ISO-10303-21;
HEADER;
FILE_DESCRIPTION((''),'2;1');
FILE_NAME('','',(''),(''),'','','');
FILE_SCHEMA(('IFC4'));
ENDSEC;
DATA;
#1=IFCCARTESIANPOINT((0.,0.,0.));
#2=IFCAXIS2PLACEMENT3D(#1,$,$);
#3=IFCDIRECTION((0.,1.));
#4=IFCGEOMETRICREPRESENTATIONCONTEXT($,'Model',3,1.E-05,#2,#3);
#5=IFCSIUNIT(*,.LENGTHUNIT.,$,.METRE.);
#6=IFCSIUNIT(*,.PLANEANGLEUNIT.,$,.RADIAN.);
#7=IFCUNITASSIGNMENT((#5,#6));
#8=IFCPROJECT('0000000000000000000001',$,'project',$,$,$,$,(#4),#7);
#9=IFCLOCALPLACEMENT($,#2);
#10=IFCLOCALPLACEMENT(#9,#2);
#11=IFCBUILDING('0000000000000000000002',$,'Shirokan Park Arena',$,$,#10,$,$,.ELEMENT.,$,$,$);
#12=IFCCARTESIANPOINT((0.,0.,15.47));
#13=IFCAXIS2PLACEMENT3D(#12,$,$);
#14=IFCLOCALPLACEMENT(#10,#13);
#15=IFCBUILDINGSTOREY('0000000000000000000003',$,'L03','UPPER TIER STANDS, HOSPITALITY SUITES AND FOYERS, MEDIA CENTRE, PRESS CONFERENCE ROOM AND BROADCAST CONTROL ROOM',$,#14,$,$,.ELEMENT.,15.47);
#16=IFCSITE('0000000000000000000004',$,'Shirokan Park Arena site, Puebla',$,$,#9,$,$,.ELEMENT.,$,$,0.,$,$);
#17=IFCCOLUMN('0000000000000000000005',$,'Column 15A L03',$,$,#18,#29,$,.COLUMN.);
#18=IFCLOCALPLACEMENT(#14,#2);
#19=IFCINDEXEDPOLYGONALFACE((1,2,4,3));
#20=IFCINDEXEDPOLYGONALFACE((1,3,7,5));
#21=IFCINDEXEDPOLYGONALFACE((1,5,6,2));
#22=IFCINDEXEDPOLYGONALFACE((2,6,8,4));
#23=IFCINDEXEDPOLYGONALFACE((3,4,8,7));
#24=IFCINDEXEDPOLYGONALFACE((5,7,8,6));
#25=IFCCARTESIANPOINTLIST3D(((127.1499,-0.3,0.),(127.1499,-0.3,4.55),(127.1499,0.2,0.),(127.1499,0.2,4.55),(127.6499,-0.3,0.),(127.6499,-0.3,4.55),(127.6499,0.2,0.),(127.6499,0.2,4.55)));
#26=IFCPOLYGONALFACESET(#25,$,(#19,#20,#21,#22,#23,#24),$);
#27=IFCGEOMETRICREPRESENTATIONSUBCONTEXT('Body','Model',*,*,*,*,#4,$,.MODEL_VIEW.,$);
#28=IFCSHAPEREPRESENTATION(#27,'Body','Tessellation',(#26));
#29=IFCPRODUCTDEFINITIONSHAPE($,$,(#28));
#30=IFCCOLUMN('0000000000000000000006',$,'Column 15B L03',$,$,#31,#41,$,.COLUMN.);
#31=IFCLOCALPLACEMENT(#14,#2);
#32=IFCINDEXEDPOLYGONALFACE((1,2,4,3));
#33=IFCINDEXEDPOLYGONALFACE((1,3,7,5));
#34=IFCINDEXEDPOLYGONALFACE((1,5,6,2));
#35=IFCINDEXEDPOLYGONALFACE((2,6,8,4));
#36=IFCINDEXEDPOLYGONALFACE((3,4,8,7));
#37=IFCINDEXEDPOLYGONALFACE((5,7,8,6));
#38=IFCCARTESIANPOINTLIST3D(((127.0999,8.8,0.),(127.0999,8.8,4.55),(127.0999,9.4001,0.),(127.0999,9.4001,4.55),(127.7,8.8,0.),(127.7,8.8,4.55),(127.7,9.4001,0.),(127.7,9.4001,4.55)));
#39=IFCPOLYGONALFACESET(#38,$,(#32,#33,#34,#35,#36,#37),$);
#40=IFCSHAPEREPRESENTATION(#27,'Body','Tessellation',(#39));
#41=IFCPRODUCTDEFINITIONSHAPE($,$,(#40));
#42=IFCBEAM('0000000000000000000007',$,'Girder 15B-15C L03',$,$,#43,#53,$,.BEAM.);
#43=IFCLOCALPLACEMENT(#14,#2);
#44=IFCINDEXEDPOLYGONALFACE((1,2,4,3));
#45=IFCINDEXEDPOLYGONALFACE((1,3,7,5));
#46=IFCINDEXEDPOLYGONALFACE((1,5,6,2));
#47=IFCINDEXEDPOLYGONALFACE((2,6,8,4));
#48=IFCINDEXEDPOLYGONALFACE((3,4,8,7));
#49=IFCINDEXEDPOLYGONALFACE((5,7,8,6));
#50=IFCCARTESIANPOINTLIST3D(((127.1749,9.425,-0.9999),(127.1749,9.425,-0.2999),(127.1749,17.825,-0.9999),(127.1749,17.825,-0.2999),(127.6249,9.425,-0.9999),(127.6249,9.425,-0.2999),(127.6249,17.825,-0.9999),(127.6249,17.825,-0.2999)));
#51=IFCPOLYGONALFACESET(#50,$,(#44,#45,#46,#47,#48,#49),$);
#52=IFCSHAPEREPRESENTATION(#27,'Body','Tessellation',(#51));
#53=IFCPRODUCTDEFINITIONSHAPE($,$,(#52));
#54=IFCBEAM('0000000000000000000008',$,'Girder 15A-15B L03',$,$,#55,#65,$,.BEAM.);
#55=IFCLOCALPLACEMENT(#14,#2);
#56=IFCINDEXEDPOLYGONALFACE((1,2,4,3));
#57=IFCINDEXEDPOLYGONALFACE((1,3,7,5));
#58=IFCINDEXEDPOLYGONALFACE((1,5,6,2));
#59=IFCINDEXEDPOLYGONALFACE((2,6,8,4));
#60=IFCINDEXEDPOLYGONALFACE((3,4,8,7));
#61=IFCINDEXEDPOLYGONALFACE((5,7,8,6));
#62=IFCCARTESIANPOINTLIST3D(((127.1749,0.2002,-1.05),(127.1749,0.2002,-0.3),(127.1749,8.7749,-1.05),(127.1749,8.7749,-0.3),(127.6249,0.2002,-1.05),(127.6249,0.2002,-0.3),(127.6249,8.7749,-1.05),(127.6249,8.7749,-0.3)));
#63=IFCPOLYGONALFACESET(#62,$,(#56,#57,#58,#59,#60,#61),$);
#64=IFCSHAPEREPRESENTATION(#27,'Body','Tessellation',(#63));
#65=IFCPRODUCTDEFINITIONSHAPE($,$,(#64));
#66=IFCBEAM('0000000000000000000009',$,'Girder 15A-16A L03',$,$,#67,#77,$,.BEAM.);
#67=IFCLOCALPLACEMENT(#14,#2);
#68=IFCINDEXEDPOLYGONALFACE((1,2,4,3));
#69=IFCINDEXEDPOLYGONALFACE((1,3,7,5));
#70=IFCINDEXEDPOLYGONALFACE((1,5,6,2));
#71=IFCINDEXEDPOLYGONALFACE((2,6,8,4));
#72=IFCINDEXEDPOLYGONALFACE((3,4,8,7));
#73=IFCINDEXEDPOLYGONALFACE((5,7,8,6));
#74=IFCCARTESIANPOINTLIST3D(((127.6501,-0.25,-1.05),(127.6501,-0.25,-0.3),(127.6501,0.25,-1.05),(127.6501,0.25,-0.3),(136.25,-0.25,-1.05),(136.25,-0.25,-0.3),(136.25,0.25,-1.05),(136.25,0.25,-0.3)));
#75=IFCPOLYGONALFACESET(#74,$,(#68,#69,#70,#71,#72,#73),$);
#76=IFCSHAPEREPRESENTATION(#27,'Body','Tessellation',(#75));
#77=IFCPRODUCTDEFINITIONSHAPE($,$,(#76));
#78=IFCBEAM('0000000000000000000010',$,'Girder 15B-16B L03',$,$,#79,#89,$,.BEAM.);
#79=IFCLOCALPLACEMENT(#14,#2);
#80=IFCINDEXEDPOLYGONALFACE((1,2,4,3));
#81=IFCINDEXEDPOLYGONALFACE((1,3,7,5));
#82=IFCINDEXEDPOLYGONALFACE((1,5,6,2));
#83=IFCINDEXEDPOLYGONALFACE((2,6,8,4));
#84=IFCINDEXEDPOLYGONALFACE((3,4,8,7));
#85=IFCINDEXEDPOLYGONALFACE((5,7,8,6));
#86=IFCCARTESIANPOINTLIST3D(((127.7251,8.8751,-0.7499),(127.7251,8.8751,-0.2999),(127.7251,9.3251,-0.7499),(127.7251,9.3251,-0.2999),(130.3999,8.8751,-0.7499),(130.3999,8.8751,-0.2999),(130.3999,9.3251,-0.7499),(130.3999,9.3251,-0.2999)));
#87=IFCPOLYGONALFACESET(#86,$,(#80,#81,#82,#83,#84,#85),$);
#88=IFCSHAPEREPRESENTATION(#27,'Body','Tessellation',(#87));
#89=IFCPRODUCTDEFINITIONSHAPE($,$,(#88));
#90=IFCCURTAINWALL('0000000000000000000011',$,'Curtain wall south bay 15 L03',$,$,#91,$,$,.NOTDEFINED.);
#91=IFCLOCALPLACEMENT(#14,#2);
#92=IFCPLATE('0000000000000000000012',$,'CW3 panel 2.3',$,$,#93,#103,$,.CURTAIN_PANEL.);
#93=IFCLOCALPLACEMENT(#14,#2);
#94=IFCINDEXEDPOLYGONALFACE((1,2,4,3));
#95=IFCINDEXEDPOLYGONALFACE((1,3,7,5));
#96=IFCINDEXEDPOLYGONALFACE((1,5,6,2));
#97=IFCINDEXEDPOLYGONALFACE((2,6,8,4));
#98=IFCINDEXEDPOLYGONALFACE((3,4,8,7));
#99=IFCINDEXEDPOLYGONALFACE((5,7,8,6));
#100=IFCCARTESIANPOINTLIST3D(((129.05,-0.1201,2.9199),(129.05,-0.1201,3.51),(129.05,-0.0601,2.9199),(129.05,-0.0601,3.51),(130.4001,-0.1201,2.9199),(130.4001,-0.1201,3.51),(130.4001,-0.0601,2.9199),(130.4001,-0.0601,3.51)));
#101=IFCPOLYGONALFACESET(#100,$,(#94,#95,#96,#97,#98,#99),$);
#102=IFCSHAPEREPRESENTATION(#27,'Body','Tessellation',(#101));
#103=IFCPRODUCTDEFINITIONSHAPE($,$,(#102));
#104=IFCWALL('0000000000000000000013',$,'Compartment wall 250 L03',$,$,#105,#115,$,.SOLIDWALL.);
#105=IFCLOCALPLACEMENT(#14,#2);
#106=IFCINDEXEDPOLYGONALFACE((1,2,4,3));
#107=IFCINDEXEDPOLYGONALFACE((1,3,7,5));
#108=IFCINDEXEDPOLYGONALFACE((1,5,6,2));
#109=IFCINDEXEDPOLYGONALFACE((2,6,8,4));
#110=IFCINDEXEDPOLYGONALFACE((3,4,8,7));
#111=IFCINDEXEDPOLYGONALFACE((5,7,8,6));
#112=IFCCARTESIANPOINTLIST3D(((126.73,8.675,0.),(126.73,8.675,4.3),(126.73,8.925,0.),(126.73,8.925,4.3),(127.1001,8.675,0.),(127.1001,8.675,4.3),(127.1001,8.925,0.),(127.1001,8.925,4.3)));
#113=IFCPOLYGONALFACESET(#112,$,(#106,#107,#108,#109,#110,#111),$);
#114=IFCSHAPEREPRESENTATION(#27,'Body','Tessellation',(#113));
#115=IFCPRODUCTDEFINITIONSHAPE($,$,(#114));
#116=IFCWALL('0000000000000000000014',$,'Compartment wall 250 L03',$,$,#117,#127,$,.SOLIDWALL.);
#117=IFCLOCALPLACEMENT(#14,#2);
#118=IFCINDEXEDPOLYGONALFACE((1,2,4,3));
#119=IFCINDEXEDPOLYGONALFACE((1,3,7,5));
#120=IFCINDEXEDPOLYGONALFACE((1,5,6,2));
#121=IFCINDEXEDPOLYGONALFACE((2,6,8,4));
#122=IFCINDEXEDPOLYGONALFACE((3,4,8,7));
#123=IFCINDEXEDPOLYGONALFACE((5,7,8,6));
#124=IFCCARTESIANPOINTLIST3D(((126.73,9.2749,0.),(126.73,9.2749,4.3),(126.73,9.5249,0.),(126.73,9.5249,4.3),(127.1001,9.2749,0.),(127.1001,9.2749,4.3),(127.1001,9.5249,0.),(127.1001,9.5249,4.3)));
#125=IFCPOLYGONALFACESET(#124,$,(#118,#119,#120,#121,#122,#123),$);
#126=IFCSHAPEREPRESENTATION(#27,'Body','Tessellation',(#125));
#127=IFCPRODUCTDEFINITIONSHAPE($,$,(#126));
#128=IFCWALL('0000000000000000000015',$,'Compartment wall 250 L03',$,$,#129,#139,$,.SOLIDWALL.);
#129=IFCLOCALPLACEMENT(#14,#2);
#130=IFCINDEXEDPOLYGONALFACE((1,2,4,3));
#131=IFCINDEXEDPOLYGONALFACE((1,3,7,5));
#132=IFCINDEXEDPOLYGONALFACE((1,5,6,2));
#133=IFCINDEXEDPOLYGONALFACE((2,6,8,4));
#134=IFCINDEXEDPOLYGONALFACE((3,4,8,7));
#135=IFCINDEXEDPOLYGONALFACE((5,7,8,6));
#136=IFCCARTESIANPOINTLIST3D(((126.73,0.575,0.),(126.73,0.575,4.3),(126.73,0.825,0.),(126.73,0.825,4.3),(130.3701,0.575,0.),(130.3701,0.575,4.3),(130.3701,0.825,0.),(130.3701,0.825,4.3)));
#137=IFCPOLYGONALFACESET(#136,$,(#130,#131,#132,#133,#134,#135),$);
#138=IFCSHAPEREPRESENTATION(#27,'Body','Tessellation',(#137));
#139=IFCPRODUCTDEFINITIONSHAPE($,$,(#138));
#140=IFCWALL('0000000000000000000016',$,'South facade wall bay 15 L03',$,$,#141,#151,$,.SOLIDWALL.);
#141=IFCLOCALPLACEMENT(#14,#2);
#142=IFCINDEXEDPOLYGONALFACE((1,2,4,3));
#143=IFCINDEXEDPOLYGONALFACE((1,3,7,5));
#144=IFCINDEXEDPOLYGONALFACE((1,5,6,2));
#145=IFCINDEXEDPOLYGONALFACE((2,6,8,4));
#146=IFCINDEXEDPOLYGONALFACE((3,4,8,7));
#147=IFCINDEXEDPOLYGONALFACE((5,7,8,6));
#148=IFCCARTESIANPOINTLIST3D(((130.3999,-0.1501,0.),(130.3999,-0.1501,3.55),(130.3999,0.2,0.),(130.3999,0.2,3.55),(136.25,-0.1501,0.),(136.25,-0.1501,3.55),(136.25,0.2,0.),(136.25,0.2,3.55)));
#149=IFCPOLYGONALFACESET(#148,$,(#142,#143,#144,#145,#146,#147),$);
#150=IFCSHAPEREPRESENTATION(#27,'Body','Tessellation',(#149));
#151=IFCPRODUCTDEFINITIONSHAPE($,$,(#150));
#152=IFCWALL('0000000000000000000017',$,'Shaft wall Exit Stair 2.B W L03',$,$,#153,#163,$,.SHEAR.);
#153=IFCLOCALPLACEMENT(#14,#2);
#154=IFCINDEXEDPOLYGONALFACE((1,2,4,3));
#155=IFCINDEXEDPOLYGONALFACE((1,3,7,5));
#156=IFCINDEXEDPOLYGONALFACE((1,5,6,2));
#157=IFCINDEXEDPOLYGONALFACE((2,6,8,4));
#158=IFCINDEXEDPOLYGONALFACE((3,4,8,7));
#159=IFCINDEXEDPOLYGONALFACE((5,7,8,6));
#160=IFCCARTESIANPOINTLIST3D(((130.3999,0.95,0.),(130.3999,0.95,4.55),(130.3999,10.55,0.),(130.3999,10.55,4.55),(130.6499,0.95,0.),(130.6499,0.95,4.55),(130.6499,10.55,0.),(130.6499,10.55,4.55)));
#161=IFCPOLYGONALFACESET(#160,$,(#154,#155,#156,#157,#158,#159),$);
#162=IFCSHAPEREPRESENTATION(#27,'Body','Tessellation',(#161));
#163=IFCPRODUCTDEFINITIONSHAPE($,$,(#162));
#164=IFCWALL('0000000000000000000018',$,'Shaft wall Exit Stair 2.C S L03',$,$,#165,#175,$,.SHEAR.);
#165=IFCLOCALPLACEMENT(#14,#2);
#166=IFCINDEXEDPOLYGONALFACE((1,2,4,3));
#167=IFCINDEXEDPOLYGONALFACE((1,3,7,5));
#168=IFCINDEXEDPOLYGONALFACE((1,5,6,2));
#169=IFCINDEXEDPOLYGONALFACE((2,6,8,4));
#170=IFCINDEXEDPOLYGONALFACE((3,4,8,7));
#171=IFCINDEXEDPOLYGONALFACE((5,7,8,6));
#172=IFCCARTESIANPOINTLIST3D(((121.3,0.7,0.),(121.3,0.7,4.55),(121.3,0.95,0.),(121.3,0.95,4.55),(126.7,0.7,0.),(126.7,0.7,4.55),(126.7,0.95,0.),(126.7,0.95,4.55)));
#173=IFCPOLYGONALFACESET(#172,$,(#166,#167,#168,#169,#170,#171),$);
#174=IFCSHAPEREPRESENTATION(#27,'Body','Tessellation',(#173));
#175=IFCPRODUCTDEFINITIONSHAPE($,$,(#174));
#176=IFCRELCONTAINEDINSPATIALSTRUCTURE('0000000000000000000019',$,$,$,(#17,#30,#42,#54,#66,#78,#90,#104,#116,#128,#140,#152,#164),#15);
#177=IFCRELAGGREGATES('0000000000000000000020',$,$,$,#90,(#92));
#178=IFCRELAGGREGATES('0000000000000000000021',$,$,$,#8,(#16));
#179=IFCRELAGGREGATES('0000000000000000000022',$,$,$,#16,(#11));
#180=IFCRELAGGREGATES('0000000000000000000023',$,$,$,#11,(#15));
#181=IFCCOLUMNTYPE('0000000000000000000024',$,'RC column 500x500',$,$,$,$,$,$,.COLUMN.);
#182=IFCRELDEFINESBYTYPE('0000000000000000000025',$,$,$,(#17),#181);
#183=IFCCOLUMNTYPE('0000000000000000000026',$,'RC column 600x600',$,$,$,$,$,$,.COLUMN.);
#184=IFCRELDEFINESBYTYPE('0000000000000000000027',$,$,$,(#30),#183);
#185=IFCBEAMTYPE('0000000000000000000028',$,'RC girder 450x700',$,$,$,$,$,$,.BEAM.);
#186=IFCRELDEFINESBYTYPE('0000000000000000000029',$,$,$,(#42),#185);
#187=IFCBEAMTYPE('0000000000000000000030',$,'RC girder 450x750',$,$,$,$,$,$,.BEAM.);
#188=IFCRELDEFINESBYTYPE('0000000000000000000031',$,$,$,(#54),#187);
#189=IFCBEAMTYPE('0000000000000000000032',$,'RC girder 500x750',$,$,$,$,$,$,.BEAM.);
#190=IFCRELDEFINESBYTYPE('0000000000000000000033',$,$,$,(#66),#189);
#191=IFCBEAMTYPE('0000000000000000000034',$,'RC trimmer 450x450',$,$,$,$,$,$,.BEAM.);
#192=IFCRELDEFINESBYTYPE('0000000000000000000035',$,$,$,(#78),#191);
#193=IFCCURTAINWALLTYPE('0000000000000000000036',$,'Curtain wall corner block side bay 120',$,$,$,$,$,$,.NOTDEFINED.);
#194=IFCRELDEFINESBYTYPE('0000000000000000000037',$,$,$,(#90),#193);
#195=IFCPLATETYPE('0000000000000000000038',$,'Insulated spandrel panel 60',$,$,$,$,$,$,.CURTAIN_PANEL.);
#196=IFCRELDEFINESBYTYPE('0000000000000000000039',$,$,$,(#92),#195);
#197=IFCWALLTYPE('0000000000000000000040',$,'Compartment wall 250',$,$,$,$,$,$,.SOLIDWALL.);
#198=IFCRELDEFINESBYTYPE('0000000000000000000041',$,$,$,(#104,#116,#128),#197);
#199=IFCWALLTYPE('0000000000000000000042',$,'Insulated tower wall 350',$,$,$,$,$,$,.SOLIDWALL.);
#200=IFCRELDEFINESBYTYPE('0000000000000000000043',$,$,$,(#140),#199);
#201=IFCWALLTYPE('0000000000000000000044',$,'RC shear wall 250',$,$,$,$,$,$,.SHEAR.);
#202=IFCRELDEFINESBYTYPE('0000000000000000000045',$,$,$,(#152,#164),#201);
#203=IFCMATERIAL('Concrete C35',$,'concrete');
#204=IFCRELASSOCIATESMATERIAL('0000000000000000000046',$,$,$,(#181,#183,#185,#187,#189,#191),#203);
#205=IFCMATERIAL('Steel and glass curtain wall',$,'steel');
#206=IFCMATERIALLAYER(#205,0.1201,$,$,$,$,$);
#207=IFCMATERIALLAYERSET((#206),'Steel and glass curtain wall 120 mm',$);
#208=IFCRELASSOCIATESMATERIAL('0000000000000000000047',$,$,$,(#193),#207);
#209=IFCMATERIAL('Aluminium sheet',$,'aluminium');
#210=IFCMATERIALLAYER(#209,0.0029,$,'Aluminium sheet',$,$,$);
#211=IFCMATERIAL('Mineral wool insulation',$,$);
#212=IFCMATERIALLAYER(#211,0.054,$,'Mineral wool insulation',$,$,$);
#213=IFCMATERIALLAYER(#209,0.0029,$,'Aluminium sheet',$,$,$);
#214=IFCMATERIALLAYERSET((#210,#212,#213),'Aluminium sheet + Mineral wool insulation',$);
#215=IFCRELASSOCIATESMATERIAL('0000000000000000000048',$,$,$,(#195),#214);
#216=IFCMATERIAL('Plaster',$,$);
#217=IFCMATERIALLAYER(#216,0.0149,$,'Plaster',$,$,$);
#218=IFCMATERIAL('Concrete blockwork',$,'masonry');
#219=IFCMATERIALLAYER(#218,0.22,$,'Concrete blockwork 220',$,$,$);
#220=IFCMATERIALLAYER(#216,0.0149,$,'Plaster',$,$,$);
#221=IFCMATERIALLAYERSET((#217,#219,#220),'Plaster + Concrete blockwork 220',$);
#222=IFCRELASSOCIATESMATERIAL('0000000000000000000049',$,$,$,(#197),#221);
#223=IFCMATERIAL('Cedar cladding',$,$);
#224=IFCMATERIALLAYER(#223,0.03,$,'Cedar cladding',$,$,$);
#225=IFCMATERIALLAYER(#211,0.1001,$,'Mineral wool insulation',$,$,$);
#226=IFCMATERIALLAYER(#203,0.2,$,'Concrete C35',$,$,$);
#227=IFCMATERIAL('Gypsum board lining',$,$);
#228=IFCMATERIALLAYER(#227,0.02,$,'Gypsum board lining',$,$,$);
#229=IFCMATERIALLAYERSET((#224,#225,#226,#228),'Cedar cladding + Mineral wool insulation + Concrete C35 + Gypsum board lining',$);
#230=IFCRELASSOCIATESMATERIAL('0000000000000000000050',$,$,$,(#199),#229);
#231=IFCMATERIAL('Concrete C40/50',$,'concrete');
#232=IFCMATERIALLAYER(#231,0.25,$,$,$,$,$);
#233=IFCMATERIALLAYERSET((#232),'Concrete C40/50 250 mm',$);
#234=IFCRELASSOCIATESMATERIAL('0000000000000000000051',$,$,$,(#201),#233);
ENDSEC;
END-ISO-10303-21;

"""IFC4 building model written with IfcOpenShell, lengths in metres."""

from ifc_helpers import new_model, si_unit, direction, frame, frame_2d, origin, origin_2d, place, context, subcontext, project, spatial, rectangle, extrude, material, layer, layer_set, material_profile, profile_set, type_object, element, aggregate, save


model = new_model("IFC4")

# Units and contexts
model_context = context("Model", 3, precision=1e-05, world=origin(), true_north=direction((0.0, 1.0)))
body_context = subcontext(model_context, "Body", "Model", "MODEL_VIEW")
ifc_project = project(units=[si_unit("LENGTHUNIT", "METRE"), si_unit("PLANEANGLEUNIT", "RADIAN")], contexts=[model_context])

# Site, building, storey
site_placement = place(None, origin())
site = spatial("IfcSite", under=ifc_project, at=site_placement, Name="Shirokan Park Arena site, Puebla", CompositionType="ELEMENT", RefElevation=0.0)
building_placement = place(site_placement, origin())
building = spatial("IfcBuilding", under=site, at=building_placement, Name="Shirokan Park Arena", CompositionType="ELEMENT")
storey_placement = place(building_placement, frame((0.0, 0.0, 15.47)))
storey = spatial("IfcBuildingStorey", under=building, at=storey_placement, Name="L03", Description="UPPER TIER STANDS, HOSPITALITY SUITES AND FOYERS, MEDIA CENTRE, PRESS CONFERENCE ROOM AND BROADCAST CONTROL ROOM", CompositionType="ELEMENT", Elevation=15.47)

# Columns
ifc_material_1 = material(Name="Concrete C35", Category="concrete")
ifc_material_profile_1 = material_profile(ifc_material_1, rectangle(XDim=0.5, YDim=0.5, at=origin_2d()), Name="500x500")
ifc_profile_set_1 = profile_set([ifc_material_profile_1], Name="Concrete C35")
column_type_1 = type_object("IfcColumnType", Name="RC column 500x500", PredefinedType="COLUMN", material=ifc_profile_set_1)
column_1_placement = place(storey_placement, frame((127.3999, -0.05, 0.0), z_axis=(0.0, 0.0, 1.0), x_axis=(1.0, 0.0, 0.0)))
element("IfcColumn", 1, at=column_1_placement, inside=storey, type_object=column_type_1, Name="Column 15A L03", PredefinedType="COLUMN", context=body_context, shape_type="SweptSolid", body=[
    extrude(rectangle(XDim=0.5, YDim=0.5, at=origin_2d()), origin(), (0.0, 0.0, 1.0), 4.55),
])
ifc_material_profile_2 = material_profile(ifc_material_1, rectangle(XDim=0.6001, YDim=0.6001, at=origin_2d()), Name="600x600")
ifc_profile_set_2 = profile_set([ifc_material_profile_2], Name="Concrete C35")
column_type_2 = type_object("IfcColumnType", Name="RC column 600x600", PredefinedType="COLUMN", material=ifc_profile_set_2)
column_2_placement = place(storey_placement, frame((127.3999, 9.1001, 0.0), z_axis=(0.0, 0.0, 1.0), x_axis=(1.0, 0.0, 0.0)))
element("IfcColumn", 2, at=column_2_placement, inside=storey, type_object=column_type_2, Name="Column 15B L03", PredefinedType="COLUMN", context=body_context, shape_type="SweptSolid", body=[
    extrude(rectangle(XDim=0.6001, YDim=0.6001, at=origin_2d()), origin(), (0.0, 0.0, 1.0), 4.55),
])

# Beams
ifc_material_profile_3 = material_profile(ifc_material_1, rectangle(XDim=0.45, YDim=0.7, at=origin_2d()), Name="450x700")
ifc_profile_set_3 = profile_set([ifc_material_profile_3], Name="Concrete C35")
beam_type_1 = type_object("IfcBeamType", Name="RC girder 450x700", PredefinedType="BEAM", material=ifc_profile_set_3)
beam_1_placement = place(storey_placement, frame((127.3999, 9.425, -0.6499), z_axis=(0.0, 1.0, 0.0), x_axis=(-1.0, 0.0, 0.0)))
element("IfcBeam", 3, at=beam_1_placement, inside=storey, type_object=beam_type_1, Name="Girder 15B-15C L03", PredefinedType="BEAM", context=body_context, shape_type="SweptSolid", body=[
    extrude(rectangle(XDim=0.45, YDim=0.7, at=origin_2d()), origin(), (0.0, 0.0, 1.0), 8.3999),
])
ifc_material_profile_4 = material_profile(ifc_material_1, rectangle(XDim=0.45, YDim=0.75, at=origin_2d()), Name="450x750")
ifc_profile_set_4 = profile_set([ifc_material_profile_4], Name="Concrete C35")
beam_type_2 = type_object("IfcBeamType", Name="RC girder 450x750", PredefinedType="BEAM", material=ifc_profile_set_4)
beam_2_placement = place(storey_placement, frame((127.3999, 0.2002, -0.675), z_axis=(0.0, 1.0, 0.0), x_axis=(-1.0, 0.0, 0.0)))
element("IfcBeam", 4, at=beam_2_placement, inside=storey, type_object=beam_type_2, Name="Girder 15A-15B L03", PredefinedType="BEAM", context=body_context, shape_type="SweptSolid", body=[
    extrude(rectangle(XDim=0.45, YDim=0.75, at=origin_2d()), origin(), (0.0, 0.0, 1.0), 8.5747),
])
ifc_material_profile_5 = material_profile(ifc_material_1, rectangle(XDim=0.5, YDim=0.75, at=origin_2d()), Name="500x750")
ifc_profile_set_5 = profile_set([ifc_material_profile_5], Name="Concrete C35")
beam_type_3 = type_object("IfcBeamType", Name="RC girder 500x750", PredefinedType="BEAM", material=ifc_profile_set_5)
beam_3_placement = place(storey_placement, frame((127.6501, 0.0, -0.675), z_axis=(1.0, 0.0, 0.0), x_axis=(0.0, 1.0, 0.0)))
element("IfcBeam", 5, at=beam_3_placement, inside=storey, type_object=beam_type_3, Name="Girder 15A-16A L03", PredefinedType="BEAM", context=body_context, shape_type="SweptSolid", body=[
    extrude(rectangle(XDim=0.5, YDim=0.75, at=origin_2d()), origin(), (0.0, 0.0, 1.0), 8.5999),
])
ifc_material_profile_6 = material_profile(ifc_material_1, rectangle(XDim=0.45, YDim=0.45, at=origin_2d()), Name="450x450")
ifc_profile_set_6 = profile_set([ifc_material_profile_6], Name="Concrete C35")
beam_type_4 = type_object("IfcBeamType", Name="RC trimmer 450x450", PredefinedType="BEAM", material=ifc_profile_set_6)
beam_4_placement = place(storey_placement, frame((127.7251, 9.1001, -0.5249), z_axis=(1.0, 0.0, 0.0), x_axis=(0.0, 1.0, 0.0)))
element("IfcBeam", 6, at=beam_4_placement, inside=storey, type_object=beam_type_4, Name="Girder 15B-16B L03", PredefinedType="BEAM", context=body_context, shape_type="SweptSolid", body=[
    extrude(rectangle(XDim=0.45, YDim=0.45, at=origin_2d()), origin(), (0.0, 0.0, 1.0), 2.6748),
])

# Curtain wall, plate
ifc_material_2 = material(Name="Steel and glass curtain wall", Category="steel")
ifc_layer_1 = layer(ifc_material_2, 0.1201)
ifc_layer_set_1 = layer_set([ifc_layer_1], Name="Steel and glass curtain wall 120 mm")
curtain_wall_type = type_object("IfcCurtainWallType", Name="Curtain wall corner block side bay 120", PredefinedType="NOTDEFINED", material=ifc_layer_set_1)
curtain_wall_placement = place(storey_placement, origin())
curtain_wall = element("IfcCurtainWall", 7, at=curtain_wall_placement, inside=storey, type_object=curtain_wall_type, Name="Curtain wall south bay 15 L03", PredefinedType="NOTDEFINED")
ifc_material_3 = material(Name="Aluminium sheet", Category="aluminium")
ifc_layer_2 = layer(ifc_material_3, 0.0029, Name="Aluminium sheet")
ifc_material_4 = material(Name="Mineral wool insulation")
ifc_layer_3 = layer(ifc_material_4, 0.054, Name="Mineral wool insulation")
ifc_layer_4 = layer(ifc_material_3, 0.0029, Name="Aluminium sheet")
ifc_layer_set_2 = layer_set([ifc_layer_2, ifc_layer_3, ifc_layer_4], Name="Aluminium sheet + Mineral wool insulation")
plate_type = type_object("IfcPlateType", Name="Insulated spandrel panel 60", PredefinedType="CURTAIN_PANEL", material=ifc_layer_set_2)
plate_placement = place(storey_placement, frame((129.7251, -0.0901, 2.9199), z_axis=(0.0, 0.0, 1.0), x_axis=(1.0, 0.0, 0.0)))
plate = element("IfcPlate", 8, at=plate_placement, type_object=plate_type, Name="CW3 panel 2.3", PredefinedType="CURTAIN_PANEL", context=body_context, shape_type="SweptSolid", body=[
    extrude(rectangle(XDim=1.3501, YDim=0.0601, at=origin_2d()), origin(), (0.0, 0.0, 1.0), 0.5901),
])
aggregate(curtain_wall, [plate])

# Walls
ifc_material_5 = material(Name="Plaster")
ifc_layer_5 = layer(ifc_material_5, 0.0149, Name="Plaster")
ifc_material_6 = material(Name="Concrete blockwork", Category="masonry")
ifc_layer_6 = layer(ifc_material_6, 0.22, Name="Concrete blockwork 220")
ifc_layer_7 = layer(ifc_material_5, 0.0149, Name="Plaster")
ifc_layer_set_3 = layer_set([ifc_layer_5, ifc_layer_6, ifc_layer_7], Name="Plaster + Concrete blockwork 220")
wall_type_1 = type_object("IfcWallType", Name="Compartment wall 250", PredefinedType="SOLIDWALL", material=ifc_layer_set_3)
for number, where, z_axis, x_axis, name in (
    (9, (126.73, 8.8, 0.0), (0.0, 0.0, 1.0), (1.0, 0.0, 0.0), "Compartment wall 250 L03"),
    (10, (127.1001, 9.3999, 0.0), (0.0, 0.0, 1.0), (-1.0, 0.0, 0.0), "Compartment wall 250 L03"),
):
    element("IfcWall", number, at=place(storey_placement, frame(where, z_axis=z_axis, x_axis=x_axis)), inside=storey, type_object=wall_type_1, Name=name, PredefinedType="SOLIDWALL", context=body_context, shape_type="SweptSolid", body=[
        extrude(rectangle(XDim=0.3701, YDim=0.25, at=frame_2d((0.1851, 0.0))), origin(), (0.0, 0.0, 1.0), 4.3),
    ])
wall_1_placement = place(storey_placement, frame((130.3701, 0.7, 0.0), z_axis=(0.0, 0.0, 1.0), x_axis=(-1.0, 0.0, 0.0)))
element("IfcWall", 11, at=wall_1_placement, inside=storey, type_object=wall_type_1, Name="Compartment wall 250 L03", PredefinedType="SOLIDWALL", context=body_context, shape_type="SweptSolid", body=[
    extrude(rectangle(XDim=3.6401, YDim=0.25, at=frame_2d((1.8201, 0.0))), origin(), (0.0, 0.0, 1.0), 4.3),
])
ifc_material_7 = material(Name="Cedar cladding")
ifc_layer_8 = layer(ifc_material_7, 0.03, Name="Cedar cladding")
ifc_layer_9 = layer(ifc_material_4, 0.1001, Name="Mineral wool insulation")
ifc_layer_10 = layer(ifc_material_1, 0.2, Name="Concrete C35")
ifc_material_8 = material(Name="Gypsum board lining")
ifc_layer_11 = layer(ifc_material_8, 0.02, Name="Gypsum board lining")
ifc_layer_set_4 = layer_set([ifc_layer_8, ifc_layer_9, ifc_layer_10, ifc_layer_11], Name="Cedar cladding + Mineral wool insulation + Concrete C35 + Gypsum board lining")
wall_type_2 = type_object("IfcWallType", Name="Insulated tower wall 350", PredefinedType="SOLIDWALL", material=ifc_layer_set_4)
wall_2_placement = place(storey_placement, frame((130.3999, 0.0249, 0.0), z_axis=(0.0, 0.0, 1.0), x_axis=(1.0, 0.0, 0.0)))
element("IfcWall", 12, at=wall_2_placement, inside=storey, type_object=wall_type_2, Name="South facade wall bay 15 L03", PredefinedType="SOLIDWALL", context=body_context, shape_type="SweptSolid", body=[
    extrude(rectangle(XDim=5.8501, YDim=0.3501, at=frame_2d((2.925, 0.0))), origin(), (0.0, 0.0, 1.0), 3.55),
])
ifc_material_9 = material(Name="Concrete C40/50", Category="concrete")
ifc_layer_12 = layer(ifc_material_9, 0.25)
ifc_layer_set_5 = layer_set([ifc_layer_12], Name="Concrete C40/50 250 mm")
wall_type_3 = type_object("IfcWallType", Name="RC shear wall 250", PredefinedType="SHEAR", material=ifc_layer_set_5)
wall_3_placement = place(storey_placement, frame((130.5249, 10.55, 0.0), z_axis=(0.0, 0.0, 1.0), x_axis=(0.0, -1.0, 0.0)))
element("IfcWall", 13, at=wall_3_placement, inside=storey, type_object=wall_type_3, Name="Shaft wall Exit Stair 2.B W L03", PredefinedType="SHEAR", context=body_context, shape_type="SweptSolid", body=[
    extrude(rectangle(XDim=9.6001, YDim=0.25, at=frame_2d((4.8, 0.0))), origin(), (0.0, 0.0, 1.0), 4.55),
])
wall_4_placement = place(storey_placement, frame((126.7, 0.825, 0.0), z_axis=(0.0, 0.0, 1.0), x_axis=(-1.0, 0.0, 0.0)))
element("IfcWall", 14, at=wall_4_placement, inside=storey, type_object=wall_type_3, Name="Shaft wall Exit Stair 2.C S L03", PredefinedType="SHEAR", context=body_context, shape_type="SweptSolid", body=[
    extrude(rectangle(XDim=5.3999, YDim=0.25, at=frame_2d((2.7, 0.0))), origin(), (0.0, 0.0, 1.0), 4.55),
])

save(model, "model.ifc")
